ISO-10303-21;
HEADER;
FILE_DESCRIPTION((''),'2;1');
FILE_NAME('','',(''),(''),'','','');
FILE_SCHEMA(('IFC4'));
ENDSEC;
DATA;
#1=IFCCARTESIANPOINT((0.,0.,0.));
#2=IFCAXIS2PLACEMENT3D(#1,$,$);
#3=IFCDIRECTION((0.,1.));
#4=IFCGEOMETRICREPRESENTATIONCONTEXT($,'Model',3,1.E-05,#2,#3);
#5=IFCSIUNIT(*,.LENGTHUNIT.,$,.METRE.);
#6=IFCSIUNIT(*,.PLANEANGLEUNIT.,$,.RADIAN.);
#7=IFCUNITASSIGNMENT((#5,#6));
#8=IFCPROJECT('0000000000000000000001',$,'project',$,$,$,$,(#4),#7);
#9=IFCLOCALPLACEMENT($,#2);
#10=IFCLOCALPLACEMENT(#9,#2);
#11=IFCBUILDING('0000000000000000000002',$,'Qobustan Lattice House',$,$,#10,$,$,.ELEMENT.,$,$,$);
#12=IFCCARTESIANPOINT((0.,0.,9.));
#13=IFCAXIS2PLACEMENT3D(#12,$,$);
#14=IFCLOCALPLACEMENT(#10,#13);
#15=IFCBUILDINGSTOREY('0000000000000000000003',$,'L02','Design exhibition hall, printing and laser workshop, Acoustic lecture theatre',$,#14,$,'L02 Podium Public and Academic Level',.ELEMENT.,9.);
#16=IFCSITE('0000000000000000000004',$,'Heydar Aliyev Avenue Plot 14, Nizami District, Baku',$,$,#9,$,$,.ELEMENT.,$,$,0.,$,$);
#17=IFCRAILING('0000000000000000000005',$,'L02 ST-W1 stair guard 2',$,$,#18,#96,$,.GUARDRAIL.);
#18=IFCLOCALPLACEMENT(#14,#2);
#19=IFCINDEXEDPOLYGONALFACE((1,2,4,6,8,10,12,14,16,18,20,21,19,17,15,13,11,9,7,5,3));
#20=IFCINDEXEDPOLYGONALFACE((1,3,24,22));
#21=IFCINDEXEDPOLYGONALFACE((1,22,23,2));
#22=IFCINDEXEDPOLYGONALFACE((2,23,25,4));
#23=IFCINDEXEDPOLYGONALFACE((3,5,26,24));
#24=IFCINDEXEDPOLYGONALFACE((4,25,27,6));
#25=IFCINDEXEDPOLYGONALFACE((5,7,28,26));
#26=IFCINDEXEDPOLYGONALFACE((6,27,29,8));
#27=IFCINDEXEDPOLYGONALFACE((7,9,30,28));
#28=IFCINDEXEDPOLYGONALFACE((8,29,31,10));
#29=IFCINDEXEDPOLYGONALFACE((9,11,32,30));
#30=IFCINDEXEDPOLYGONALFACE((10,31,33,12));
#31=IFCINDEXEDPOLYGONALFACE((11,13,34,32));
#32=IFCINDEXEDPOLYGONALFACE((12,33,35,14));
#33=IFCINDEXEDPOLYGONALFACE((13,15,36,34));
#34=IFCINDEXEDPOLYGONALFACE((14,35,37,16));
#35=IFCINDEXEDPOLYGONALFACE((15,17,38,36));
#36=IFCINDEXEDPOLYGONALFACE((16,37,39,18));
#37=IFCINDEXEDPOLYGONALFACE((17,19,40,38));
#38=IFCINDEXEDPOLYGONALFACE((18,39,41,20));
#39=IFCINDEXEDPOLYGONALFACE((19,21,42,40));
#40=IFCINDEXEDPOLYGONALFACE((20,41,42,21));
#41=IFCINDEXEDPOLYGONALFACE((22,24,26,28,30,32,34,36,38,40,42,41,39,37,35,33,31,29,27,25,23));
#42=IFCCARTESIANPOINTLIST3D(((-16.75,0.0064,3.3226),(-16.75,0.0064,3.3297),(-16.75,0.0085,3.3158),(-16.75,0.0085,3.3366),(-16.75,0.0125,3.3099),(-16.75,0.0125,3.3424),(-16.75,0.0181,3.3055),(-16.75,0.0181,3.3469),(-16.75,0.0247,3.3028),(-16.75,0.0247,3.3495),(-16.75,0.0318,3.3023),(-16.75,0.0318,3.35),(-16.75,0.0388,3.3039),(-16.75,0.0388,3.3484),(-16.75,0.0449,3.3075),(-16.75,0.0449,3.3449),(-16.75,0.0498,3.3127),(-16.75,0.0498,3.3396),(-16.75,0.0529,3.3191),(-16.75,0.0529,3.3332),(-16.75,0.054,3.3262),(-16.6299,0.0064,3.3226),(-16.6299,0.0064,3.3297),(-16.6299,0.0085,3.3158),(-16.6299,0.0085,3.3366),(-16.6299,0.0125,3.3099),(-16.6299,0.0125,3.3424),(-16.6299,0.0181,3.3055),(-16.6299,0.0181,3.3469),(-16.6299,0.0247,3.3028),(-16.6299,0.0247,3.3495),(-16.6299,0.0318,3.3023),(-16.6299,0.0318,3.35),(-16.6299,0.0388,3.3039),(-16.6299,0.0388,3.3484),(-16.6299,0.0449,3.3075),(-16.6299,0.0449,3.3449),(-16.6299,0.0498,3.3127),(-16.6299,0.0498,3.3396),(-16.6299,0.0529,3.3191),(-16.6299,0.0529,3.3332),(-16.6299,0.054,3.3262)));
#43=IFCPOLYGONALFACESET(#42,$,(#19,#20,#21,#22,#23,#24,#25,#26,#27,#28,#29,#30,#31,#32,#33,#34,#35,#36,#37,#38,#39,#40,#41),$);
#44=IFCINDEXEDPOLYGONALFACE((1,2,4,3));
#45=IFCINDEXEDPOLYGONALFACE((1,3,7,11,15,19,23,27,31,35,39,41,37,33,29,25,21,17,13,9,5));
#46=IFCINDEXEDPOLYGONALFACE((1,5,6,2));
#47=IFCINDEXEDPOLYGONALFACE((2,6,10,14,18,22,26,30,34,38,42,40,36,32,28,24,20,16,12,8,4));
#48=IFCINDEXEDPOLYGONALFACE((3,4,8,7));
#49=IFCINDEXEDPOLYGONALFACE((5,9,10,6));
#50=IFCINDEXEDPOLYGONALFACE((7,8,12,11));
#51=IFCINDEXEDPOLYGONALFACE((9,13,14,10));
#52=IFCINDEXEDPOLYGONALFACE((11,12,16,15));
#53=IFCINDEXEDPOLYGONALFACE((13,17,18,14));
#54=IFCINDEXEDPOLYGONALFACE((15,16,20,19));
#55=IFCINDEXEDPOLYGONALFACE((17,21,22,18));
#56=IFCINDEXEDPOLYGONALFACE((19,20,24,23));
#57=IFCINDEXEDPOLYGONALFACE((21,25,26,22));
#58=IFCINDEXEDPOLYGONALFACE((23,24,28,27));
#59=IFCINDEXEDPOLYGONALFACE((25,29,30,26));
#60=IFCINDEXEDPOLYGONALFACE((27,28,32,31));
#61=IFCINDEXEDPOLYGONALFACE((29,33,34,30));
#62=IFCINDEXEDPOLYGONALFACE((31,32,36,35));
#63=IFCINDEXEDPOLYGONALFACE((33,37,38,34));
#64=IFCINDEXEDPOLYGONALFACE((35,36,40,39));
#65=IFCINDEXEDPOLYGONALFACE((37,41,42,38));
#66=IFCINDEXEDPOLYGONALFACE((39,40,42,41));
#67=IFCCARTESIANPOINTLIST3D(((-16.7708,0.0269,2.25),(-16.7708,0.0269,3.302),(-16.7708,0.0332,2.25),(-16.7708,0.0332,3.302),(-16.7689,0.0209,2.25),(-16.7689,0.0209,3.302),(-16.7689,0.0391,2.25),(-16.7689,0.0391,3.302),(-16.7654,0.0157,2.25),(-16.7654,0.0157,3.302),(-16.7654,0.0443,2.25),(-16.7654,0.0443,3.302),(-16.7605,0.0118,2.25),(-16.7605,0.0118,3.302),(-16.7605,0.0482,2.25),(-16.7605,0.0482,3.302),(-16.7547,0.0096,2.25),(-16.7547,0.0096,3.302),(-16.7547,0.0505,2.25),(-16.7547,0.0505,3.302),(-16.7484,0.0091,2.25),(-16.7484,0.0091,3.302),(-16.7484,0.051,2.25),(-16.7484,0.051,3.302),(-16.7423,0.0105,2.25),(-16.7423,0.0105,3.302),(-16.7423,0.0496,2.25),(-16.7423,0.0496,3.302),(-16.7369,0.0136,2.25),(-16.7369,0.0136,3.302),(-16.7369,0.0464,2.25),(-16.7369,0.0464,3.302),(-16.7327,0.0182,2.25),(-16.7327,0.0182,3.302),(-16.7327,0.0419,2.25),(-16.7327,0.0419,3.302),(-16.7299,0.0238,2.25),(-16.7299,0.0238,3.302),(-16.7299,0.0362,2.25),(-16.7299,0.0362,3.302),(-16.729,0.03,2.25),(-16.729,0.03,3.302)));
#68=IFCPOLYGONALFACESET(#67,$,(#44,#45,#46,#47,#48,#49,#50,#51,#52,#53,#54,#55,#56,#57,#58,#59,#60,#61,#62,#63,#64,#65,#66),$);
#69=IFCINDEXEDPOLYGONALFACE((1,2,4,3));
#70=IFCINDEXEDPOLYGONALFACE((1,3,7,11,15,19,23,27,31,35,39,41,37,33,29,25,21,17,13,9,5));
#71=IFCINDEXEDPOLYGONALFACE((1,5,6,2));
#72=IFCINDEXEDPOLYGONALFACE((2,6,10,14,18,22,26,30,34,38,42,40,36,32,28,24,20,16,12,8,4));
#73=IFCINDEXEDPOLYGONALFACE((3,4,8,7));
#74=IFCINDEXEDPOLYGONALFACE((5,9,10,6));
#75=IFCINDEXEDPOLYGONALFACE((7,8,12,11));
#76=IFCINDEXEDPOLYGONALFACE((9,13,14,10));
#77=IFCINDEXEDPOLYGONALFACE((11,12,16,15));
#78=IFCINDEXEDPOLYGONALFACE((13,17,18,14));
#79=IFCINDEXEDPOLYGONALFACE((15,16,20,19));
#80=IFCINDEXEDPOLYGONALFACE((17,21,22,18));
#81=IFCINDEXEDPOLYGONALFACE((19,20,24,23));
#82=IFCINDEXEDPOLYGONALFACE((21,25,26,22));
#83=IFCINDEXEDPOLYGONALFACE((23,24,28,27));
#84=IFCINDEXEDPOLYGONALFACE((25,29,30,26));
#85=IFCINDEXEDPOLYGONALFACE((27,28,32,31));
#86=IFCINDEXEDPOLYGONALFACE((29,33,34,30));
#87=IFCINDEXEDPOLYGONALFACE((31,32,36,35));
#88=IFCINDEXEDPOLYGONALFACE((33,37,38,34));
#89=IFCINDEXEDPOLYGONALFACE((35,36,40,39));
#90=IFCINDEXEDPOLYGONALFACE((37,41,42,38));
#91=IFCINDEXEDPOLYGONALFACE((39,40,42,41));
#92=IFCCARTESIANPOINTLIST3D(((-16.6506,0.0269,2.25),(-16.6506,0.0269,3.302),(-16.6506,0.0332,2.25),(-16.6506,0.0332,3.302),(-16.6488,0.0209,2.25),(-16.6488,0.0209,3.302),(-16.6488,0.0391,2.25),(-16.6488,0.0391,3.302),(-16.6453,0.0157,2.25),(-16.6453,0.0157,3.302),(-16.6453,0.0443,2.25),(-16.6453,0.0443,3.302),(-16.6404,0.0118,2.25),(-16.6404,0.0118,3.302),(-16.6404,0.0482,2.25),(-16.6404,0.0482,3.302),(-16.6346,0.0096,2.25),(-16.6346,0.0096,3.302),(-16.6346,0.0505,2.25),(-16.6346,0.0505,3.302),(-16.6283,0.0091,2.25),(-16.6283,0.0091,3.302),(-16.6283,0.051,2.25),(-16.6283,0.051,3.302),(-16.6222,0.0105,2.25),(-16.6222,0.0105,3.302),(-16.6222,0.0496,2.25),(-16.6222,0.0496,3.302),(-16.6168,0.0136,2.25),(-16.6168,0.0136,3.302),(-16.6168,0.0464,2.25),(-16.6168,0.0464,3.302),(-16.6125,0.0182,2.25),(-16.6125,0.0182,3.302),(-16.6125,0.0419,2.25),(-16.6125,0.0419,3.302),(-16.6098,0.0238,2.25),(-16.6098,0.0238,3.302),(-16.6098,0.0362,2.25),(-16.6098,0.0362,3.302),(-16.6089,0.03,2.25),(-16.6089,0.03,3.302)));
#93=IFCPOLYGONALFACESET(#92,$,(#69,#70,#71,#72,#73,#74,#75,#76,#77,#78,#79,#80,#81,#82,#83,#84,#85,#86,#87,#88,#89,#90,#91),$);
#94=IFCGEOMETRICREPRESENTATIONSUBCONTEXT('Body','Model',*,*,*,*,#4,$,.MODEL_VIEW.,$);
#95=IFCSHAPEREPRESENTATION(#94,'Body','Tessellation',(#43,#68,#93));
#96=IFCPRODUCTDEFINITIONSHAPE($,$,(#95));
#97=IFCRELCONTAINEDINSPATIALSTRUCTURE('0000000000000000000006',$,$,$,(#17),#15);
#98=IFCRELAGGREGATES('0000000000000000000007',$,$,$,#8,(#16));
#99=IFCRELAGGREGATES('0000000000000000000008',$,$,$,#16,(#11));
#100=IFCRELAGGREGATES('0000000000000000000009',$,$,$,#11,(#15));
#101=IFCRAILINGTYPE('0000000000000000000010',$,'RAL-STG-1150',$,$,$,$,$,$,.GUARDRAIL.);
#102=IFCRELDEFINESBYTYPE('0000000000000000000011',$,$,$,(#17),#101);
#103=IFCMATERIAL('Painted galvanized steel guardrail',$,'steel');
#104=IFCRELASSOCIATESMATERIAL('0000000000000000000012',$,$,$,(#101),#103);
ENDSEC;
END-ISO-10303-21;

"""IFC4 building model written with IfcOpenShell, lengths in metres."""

from ifc_helpers import new_model, si_unit, direction, frame, origin, origin_2d, place, context, subcontext, project, spatial, circle, extrude, material, type_object, element, save


model = new_model("IFC4")

# Units and contexts
model_context = context("Model", 3, precision=1e-05, world=origin(), true_north=direction((0.0, 1.0)))
body_context = subcontext(model_context, "Body", "Model", "MODEL_VIEW")
ifc_project = project(units=[si_unit("LENGTHUNIT", "METRE"), si_unit("PLANEANGLEUNIT", "RADIAN")], contexts=[model_context])

# Site, building, storey
site_placement = place(None, origin())
site = spatial("IfcSite", under=ifc_project, at=site_placement, Name="Heydar Aliyev Avenue Plot 14, Nizami District, Baku", CompositionType="ELEMENT", RefElevation=0.0)
building_placement = place(site_placement, origin())
building = spatial("IfcBuilding", under=site, at=building_placement, Name="Qobustan Lattice House", CompositionType="ELEMENT")
storey_placement = place(building_placement, frame((0.0, 0.0, 9.0)))
storey = spatial("IfcBuildingStorey", under=building, at=storey_placement, Name="L02", Description="Design exhibition hall, printing and laser workshop, Acoustic lecture theatre", LongName="L02 Podium Public and Academic Level", CompositionType="ELEMENT", Elevation=9.0)

# Railing
ifc_material_1 = material(Name="Painted galvanized steel guardrail", Category="steel")
railing_type_1 = type_object("IfcRailingType", Name="RAL-STG-1150", PredefinedType="GUARDRAIL", material=ifc_material_1)
railing_1_placement = place(storey_placement, frame((-16.75, 0.03, 2.25)))
element("IfcRailing", 1, at=railing_1_placement, inside=storey, type_object=railing_type_1, Name="L02 ST-W1 stair guard 2", PredefinedType="GUARDRAIL", context=body_context, shape_type="SweptSolid", body=[
    extrude(circle(Radius=0.0239, at=origin_2d()), frame((0.0, 0.0, 1.0762), z_axis=(1.0, 0.0, 0.0), x_axis=(0.0, 1.0, 0.0)), (0.0, 0.0, 1.0), 0.1201),
    extrude(circle(Radius=0.021, at=origin_2d()), origin(), (0.0, 0.0, 1.0), 1.052),
    extrude(circle(Radius=0.021, at=origin_2d()), frame((0.1201, 0.0, 0.0)), (0.0, 0.0, 1.0), 1.052),
])

save(model, "model.ifc")
